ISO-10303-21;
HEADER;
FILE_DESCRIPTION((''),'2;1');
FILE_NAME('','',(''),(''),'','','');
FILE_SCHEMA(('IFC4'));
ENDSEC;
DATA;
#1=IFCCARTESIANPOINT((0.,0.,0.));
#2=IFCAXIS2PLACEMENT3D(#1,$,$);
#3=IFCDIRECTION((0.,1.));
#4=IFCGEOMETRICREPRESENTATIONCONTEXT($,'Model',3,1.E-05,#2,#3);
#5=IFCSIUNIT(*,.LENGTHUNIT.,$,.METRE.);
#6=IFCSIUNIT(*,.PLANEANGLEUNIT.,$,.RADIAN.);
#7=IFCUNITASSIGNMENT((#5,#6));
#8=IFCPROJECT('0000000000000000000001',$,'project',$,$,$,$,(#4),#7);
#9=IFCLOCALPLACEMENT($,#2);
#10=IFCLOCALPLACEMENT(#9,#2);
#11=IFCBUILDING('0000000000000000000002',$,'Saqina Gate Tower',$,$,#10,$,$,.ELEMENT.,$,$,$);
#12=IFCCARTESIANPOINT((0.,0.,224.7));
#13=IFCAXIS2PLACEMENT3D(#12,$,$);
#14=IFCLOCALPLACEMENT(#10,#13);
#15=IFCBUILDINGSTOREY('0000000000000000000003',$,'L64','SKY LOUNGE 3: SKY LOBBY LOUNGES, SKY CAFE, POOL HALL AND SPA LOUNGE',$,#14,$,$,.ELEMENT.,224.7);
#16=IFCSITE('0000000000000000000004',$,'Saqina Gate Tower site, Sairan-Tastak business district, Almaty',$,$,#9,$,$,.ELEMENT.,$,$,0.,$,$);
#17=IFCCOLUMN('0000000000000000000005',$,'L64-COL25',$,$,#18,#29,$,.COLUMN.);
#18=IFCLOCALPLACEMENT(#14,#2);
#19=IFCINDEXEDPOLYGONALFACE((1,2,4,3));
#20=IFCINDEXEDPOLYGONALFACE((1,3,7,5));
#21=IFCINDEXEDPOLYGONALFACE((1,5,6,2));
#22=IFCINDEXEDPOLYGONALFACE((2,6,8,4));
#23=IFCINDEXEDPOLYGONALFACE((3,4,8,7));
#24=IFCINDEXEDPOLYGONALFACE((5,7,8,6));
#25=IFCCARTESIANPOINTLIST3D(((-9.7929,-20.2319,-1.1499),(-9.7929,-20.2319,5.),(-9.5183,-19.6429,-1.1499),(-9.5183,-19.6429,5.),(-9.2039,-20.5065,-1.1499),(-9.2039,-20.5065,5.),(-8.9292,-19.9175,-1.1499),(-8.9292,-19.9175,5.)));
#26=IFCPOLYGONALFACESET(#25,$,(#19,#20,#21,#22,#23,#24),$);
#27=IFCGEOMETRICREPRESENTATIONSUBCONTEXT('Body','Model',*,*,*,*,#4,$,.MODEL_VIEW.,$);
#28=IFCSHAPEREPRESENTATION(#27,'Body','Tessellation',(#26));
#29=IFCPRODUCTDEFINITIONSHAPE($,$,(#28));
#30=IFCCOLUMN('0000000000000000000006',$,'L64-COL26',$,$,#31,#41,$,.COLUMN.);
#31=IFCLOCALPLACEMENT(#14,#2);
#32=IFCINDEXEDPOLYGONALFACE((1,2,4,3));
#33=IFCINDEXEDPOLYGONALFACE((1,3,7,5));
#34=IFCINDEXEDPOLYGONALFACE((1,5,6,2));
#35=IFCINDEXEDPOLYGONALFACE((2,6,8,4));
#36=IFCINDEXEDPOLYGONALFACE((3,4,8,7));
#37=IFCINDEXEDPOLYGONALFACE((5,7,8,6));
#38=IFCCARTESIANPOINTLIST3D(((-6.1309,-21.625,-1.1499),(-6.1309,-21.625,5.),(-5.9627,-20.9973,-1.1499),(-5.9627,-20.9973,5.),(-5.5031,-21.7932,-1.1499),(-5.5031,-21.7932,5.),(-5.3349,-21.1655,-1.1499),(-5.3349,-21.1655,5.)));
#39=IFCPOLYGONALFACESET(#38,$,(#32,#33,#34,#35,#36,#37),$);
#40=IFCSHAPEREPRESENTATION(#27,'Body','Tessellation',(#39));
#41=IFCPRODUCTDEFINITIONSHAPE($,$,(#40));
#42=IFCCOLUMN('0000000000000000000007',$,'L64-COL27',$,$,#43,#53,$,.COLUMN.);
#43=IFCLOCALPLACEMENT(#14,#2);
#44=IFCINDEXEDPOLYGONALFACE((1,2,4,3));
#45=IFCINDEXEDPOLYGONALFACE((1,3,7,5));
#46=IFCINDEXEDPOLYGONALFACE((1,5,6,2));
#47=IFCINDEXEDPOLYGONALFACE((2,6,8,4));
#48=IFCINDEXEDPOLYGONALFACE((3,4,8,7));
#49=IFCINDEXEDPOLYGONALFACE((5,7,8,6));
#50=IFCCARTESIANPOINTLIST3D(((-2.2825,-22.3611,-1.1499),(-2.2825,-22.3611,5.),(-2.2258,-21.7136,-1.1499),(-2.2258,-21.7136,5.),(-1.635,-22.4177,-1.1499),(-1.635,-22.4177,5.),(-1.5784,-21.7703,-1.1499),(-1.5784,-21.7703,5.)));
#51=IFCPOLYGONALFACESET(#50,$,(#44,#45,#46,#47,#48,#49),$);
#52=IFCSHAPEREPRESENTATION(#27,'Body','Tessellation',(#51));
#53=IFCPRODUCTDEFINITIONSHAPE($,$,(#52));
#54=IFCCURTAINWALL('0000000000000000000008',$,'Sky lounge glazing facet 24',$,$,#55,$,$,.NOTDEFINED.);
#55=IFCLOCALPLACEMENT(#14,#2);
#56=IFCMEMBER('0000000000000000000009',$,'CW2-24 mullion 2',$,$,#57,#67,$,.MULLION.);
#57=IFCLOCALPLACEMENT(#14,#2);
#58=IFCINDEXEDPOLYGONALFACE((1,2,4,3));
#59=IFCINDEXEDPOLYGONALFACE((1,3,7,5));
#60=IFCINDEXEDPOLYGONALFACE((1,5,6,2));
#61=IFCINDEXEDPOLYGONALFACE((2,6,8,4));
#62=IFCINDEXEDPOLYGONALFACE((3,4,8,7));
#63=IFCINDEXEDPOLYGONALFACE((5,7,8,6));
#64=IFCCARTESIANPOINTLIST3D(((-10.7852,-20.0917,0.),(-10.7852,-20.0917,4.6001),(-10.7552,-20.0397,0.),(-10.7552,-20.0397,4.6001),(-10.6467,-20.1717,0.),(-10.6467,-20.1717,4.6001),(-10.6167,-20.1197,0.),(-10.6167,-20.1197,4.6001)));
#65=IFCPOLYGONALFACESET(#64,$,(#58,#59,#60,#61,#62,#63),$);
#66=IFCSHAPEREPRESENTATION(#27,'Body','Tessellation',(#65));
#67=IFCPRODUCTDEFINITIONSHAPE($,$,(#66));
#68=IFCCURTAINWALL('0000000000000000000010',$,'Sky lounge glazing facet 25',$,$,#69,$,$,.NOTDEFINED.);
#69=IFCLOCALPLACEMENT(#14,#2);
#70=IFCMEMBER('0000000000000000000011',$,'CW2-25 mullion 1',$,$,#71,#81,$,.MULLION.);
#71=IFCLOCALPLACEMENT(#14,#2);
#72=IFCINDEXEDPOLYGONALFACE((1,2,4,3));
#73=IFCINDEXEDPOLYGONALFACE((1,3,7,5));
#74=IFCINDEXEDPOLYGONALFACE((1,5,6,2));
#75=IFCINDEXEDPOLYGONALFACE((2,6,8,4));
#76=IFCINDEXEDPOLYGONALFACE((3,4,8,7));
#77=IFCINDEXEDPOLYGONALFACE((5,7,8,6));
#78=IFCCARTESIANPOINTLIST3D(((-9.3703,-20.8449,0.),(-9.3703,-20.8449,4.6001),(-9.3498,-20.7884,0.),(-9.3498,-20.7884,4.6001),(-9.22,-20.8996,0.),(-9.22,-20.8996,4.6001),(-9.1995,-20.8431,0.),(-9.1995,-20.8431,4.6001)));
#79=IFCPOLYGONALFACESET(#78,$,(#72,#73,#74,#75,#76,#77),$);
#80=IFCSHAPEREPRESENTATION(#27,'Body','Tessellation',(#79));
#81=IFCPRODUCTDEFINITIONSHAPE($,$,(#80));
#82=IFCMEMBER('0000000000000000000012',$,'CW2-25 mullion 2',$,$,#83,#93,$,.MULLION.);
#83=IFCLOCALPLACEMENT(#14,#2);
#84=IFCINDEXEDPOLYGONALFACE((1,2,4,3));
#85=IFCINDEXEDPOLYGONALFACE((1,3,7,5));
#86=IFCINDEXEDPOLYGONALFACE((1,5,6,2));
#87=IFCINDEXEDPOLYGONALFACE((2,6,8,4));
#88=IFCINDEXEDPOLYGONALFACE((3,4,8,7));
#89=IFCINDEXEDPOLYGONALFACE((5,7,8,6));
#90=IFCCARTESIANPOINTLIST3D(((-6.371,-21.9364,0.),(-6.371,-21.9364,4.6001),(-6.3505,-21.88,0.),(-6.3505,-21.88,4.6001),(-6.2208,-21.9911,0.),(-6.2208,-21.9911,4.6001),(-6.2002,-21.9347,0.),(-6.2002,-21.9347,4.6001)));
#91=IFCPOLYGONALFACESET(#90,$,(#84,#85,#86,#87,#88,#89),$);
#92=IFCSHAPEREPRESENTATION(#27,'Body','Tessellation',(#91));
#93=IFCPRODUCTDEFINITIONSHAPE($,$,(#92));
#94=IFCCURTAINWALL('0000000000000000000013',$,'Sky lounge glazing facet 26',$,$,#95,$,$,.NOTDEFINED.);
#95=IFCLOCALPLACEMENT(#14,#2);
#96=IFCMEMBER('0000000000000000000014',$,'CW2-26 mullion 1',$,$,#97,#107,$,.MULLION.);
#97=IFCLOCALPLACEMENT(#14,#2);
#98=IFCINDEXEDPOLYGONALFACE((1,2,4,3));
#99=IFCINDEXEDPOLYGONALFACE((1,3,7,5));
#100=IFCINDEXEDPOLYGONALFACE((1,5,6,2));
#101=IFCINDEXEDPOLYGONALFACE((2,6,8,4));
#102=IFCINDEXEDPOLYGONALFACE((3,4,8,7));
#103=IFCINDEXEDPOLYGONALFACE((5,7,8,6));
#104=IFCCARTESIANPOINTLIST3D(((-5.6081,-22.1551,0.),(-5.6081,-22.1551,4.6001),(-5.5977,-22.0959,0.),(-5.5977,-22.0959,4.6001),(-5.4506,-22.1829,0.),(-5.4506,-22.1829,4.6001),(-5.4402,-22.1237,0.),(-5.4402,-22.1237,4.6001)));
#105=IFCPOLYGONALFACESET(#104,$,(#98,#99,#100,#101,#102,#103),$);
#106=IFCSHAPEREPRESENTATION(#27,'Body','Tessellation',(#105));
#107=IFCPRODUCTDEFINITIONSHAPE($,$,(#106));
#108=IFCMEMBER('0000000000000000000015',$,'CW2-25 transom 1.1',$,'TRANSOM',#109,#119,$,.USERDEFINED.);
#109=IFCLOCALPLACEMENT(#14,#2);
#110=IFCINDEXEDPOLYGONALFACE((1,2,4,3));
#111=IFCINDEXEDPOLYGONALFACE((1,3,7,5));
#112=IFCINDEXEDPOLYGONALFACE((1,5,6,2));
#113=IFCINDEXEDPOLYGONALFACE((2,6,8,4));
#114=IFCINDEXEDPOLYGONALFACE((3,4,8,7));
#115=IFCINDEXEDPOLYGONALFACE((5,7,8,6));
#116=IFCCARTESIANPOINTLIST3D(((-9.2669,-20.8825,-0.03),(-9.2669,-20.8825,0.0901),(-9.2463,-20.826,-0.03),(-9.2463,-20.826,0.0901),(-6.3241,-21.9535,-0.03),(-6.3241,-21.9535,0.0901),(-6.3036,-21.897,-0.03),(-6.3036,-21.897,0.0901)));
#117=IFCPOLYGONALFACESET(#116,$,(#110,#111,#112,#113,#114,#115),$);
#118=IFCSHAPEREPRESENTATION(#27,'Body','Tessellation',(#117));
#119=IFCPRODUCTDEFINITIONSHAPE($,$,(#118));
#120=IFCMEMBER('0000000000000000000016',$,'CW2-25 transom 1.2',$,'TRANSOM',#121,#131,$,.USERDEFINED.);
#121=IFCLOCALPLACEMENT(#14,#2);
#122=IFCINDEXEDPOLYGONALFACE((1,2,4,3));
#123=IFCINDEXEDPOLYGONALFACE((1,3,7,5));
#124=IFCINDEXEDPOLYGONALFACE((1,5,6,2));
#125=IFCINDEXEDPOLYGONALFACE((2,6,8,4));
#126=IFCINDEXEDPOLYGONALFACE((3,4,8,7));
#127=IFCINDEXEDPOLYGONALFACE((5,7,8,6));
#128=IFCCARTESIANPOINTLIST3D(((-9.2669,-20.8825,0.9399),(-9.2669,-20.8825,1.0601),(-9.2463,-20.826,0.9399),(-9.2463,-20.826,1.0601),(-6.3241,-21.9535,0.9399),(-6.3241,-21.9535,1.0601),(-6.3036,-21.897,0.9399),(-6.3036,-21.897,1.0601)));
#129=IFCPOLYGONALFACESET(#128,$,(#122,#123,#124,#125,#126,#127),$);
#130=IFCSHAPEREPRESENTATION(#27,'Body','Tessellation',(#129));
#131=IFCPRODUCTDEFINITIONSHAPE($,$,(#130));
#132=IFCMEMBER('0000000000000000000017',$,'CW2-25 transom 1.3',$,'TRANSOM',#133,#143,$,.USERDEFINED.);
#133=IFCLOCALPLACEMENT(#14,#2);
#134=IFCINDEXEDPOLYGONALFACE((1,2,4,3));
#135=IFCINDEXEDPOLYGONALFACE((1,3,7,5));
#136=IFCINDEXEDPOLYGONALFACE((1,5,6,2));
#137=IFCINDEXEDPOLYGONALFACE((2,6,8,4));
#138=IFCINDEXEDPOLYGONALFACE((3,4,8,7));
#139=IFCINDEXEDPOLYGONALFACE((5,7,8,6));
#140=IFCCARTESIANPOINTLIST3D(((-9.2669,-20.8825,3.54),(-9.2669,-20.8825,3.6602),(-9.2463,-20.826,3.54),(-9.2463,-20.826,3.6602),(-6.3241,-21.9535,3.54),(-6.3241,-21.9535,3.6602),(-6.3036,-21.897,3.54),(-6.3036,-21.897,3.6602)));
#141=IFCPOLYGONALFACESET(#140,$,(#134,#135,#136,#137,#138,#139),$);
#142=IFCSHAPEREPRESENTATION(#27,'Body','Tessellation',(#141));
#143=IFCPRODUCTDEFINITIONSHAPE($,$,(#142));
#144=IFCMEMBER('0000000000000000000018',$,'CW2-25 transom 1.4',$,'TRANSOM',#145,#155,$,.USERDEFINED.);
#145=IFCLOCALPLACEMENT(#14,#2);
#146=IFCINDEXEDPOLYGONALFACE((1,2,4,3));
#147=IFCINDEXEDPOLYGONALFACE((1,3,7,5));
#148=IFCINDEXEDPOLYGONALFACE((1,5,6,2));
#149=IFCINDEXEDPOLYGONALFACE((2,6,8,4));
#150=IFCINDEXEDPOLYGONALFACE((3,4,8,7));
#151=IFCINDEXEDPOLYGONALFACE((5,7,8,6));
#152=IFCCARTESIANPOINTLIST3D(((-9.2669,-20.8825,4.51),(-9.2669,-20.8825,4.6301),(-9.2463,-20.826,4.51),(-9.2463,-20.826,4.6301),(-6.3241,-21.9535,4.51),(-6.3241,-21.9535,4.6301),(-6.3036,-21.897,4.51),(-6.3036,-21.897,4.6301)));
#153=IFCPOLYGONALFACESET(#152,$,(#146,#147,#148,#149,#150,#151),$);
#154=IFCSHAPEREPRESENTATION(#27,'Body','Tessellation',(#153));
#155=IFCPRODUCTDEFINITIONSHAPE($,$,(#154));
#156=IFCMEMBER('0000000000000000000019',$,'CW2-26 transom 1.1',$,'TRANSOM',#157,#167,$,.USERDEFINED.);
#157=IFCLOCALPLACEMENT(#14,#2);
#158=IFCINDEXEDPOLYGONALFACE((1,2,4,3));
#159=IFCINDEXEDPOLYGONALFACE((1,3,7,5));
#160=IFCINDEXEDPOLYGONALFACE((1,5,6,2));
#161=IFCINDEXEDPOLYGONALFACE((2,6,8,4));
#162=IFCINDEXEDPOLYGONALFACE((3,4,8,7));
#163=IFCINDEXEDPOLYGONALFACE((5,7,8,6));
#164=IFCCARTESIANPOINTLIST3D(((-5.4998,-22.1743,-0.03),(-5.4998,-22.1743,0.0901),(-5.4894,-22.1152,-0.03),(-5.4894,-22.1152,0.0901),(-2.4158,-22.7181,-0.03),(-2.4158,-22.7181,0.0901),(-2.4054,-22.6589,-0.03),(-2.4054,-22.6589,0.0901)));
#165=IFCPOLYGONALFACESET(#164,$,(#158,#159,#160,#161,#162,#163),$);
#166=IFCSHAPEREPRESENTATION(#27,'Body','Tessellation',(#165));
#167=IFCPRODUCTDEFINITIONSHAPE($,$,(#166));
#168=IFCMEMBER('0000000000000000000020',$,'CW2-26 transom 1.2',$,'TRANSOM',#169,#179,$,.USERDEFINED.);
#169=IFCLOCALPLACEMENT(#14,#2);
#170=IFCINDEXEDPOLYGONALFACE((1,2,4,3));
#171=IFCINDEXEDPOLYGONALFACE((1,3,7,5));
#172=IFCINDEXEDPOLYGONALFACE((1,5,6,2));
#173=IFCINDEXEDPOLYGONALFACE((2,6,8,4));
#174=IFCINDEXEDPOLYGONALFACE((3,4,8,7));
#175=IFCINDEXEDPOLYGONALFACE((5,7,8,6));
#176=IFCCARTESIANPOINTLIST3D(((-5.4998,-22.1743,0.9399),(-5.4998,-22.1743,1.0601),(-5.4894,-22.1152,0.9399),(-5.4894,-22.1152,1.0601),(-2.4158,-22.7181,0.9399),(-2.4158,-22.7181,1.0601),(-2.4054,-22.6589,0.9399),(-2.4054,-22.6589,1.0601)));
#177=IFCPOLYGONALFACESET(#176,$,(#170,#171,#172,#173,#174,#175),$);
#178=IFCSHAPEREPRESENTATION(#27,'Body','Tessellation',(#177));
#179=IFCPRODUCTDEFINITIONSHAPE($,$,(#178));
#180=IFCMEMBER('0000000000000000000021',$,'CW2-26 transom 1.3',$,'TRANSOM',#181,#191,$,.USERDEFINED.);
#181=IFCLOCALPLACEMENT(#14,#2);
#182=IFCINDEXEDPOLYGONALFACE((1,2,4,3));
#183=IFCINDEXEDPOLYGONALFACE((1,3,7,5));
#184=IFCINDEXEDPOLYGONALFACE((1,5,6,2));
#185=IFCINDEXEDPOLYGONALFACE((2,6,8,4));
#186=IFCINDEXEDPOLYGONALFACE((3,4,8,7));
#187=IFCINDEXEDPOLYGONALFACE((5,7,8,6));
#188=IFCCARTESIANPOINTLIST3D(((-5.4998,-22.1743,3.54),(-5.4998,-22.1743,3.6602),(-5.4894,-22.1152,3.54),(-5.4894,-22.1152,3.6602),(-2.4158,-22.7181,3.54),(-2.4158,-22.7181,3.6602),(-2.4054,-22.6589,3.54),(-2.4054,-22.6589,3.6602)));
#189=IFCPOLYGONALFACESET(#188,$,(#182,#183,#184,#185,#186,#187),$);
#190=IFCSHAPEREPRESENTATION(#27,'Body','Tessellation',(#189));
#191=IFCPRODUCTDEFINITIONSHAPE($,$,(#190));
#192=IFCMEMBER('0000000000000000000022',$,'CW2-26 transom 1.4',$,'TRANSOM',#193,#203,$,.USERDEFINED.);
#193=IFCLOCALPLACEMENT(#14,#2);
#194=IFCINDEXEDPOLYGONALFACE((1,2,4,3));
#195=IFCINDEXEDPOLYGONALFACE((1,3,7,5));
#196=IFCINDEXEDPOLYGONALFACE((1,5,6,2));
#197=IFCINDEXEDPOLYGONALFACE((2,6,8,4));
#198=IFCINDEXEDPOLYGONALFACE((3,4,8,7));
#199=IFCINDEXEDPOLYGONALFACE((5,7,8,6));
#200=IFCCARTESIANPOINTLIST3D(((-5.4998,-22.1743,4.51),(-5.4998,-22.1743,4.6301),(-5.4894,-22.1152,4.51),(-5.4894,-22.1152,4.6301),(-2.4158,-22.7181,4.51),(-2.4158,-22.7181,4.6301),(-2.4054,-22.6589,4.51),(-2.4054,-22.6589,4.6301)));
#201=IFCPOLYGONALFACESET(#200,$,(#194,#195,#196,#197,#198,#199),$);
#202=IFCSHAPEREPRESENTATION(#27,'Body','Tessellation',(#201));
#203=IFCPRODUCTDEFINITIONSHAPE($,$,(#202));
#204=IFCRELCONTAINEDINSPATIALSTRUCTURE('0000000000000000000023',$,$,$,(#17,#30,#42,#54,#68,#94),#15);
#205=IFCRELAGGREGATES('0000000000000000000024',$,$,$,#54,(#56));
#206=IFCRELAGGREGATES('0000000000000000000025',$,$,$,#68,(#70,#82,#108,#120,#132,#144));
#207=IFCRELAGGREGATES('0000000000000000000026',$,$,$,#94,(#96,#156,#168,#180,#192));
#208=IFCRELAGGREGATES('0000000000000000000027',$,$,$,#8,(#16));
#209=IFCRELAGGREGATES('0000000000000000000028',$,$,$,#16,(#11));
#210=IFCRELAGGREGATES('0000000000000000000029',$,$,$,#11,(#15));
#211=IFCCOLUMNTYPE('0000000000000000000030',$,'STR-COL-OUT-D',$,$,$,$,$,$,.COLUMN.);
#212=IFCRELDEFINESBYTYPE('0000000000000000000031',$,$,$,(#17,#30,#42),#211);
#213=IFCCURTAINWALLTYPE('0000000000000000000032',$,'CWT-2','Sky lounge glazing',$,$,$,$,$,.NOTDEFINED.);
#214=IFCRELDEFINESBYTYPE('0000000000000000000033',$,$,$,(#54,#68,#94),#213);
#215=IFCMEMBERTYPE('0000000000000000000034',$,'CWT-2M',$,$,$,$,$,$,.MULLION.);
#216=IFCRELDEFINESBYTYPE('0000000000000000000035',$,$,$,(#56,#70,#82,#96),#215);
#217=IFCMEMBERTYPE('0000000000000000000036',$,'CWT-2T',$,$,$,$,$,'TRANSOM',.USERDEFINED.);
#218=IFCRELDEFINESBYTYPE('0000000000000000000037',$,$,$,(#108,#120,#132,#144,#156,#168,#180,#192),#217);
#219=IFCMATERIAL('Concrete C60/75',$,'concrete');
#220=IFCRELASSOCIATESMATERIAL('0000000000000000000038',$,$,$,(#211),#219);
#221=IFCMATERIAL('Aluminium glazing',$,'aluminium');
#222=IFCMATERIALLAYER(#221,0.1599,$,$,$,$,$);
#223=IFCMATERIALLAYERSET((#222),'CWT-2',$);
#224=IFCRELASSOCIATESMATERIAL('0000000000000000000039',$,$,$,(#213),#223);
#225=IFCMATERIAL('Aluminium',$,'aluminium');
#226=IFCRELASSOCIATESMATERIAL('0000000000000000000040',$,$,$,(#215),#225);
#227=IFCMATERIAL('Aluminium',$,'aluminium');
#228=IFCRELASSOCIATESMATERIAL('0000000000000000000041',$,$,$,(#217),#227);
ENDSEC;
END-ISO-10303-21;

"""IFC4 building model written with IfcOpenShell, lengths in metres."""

from ifc_helpers import new_model, si_unit, direction, frame, origin, origin_2d, place, context, subcontext, project, spatial, rectangle, extrude, material, layer, layer_set, material_profile, profile_set, type_object, element, aggregate, save


model = new_model("IFC4")

# Units and contexts
model_context = context("Model", 3, precision=1e-05, world=origin(), true_north=direction((0.0, 1.0)))
body_context = subcontext(model_context, "Body", "Model", "MODEL_VIEW")
ifc_project = project(units=[si_unit("LENGTHUNIT", "METRE"), si_unit("PLANEANGLEUNIT", "RADIAN")], contexts=[model_context])

# Site, building, storey
site_placement = place(None, origin())
site = spatial("IfcSite", under=ifc_project, at=site_placement, Name="Saqina Gate Tower site, Sairan-Tastak business district, Almaty", CompositionType="ELEMENT", RefElevation=0.0)
building_placement = place(site_placement, origin())
building = spatial("IfcBuilding", under=site, at=building_placement, Name="Saqina Gate Tower", CompositionType="ELEMENT")
storey_placement = place(building_placement, frame((0.0, 0.0, 224.7)))
storey = spatial("IfcBuildingStorey", under=building, at=storey_placement, Name="L64", Description="SKY LOUNGE 3: SKY LOBBY LOUNGES, SKY CAFE, POOL HALL AND SPA LOUNGE", CompositionType="ELEMENT", Elevation=224.7)

# Columns
ifc_material_1 = material(Name="Concrete C60/75", Category="concrete")
ifc_material_profile_1 = material_profile(ifc_material_1, rectangle(XDim=0.6499, YDim=0.6499, at=origin_2d()), Name="RC 650x650")
ifc_profile_set_1 = profile_set([ifc_material_profile_1], Name="Concrete C60/75")
column_type = type_object("IfcColumnType", Name="STR-COL-OUT-D", PredefinedType="COLUMN", material=ifc_profile_set_1)
for number, where, z_axis, x_axis, name in (
    (1, (-9.3611, -20.0747, -1.1499), (0.0, 0.0, 1.0), (-0.422618, -0.906308, 0.0), "L64-COL25"),
    (2, (-5.7329, -21.3953, -1.1499), (0.0, 0.0, 1.0), (-0.258819, -0.965926, 0.0), "L64-COL26"),
    (3, (-1.9304, -22.0657, -1.1499), (0.0, 0.0, 1.0), (-0.087156, -0.996195, 0.0), "L64-COL27"),
):
    element("IfcColumn", number, at=place(storey_placement, frame(where, z_axis=z_axis, x_axis=x_axis)), inside=storey, type_object=column_type, Name=name, PredefinedType="COLUMN", context=body_context, shape_type="SweptSolid", body=[
        extrude(rectangle(XDim=0.6499, YDim=0.6499, at=origin_2d()), origin(), (0.0, 0.0, 1.0), 6.1499),
    ])

# Curtain wall, member
ifc_material_2 = material(Name="Aluminium glazing", Category="aluminium")
ifc_layer_1 = layer(ifc_material_2, 0.1599)
ifc_layer_set_1 = layer_set([ifc_layer_1], Name="CWT-2")
curtain_wall_type_1 = type_object("IfcCurtainWallType", Name="CWT-2", Description="Sky lounge glazing", PredefinedType="NOTDEFINED", material=ifc_layer_set_1)
curtain_wall_1_placement = place(storey_placement, origin())
curtain_wall_1 = element("IfcCurtainWall", 4, at=curtain_wall_1_placement, inside=storey, type_object=curtain_wall_type_1, Name="Sky lounge glazing facet 24", PredefinedType="NOTDEFINED")
ifc_material_3 = material(Name="Aluminium", Category="aluminium")
ifc_material_profile_2 = material_profile(ifc_material_3, rectangle(XDim=0.0601, YDim=0.1599, at=origin_2d()), Name="Aluminium 60x160")
ifc_profile_set_2 = profile_set([ifc_material_profile_2], Name="Aluminium")
member_type_1 = type_object("IfcMemberType", Name="CWT-2M", PredefinedType="MULLION", material=ifc_profile_set_2)
member_1_placement = place(storey_placement, frame((-10.7009, -20.1057, 0.0), z_axis=(0.0, 0.0, 1.0), x_axis=(0.499972, 0.866042, 0.0)))
member_1 = element("IfcMember", 5, at=member_1_placement, type_object=member_type_1, Name="CW2-24 mullion 2", PredefinedType="MULLION", context=body_context, shape_type="SweptSolid", body=[
    extrude(rectangle(XDim=0.0601, YDim=0.1599, at=origin_2d()), origin(), (0.0, 0.0, 1.0), 4.6001),
])
aggregate(curtain_wall_1, [member_1])

# Curtain wall, members
curtain_wall_2_placement = place(storey_placement, origin())
curtain_wall_2 = element("IfcCurtainWall", 6, at=curtain_wall_2_placement, inside=storey, type_object=curtain_wall_type_1, Name="Sky lounge glazing facet 25", PredefinedType="NOTDEFINED")
member_2_placement = place(storey_placement, frame((-9.2849, -20.844, 0.0), z_axis=(0.0, 0.0, 1.0), x_axis=(0.342007, 0.939697, 0.0)))
member_2 = element("IfcMember", 7, at=member_2_placement, type_object=member_type_1, Name="CW2-25 mullion 1", PredefinedType="MULLION", context=body_context, shape_type="SweptSolid", body=[
    extrude(rectangle(XDim=0.0601, YDim=0.1599, at=origin_2d()), origin(), (0.0, 0.0, 1.0), 4.6001),
])
member_3_placement = place(storey_placement, frame((-6.2856, -21.9355, 0.0), z_axis=(0.0, 0.0, 1.0), x_axis=(0.342007, 0.939697, 0.0)))
member_3 = element("IfcMember", 8, at=member_3_placement, type_object=member_type_1, Name="CW2-25 mullion 2", PredefinedType="MULLION", context=body_context, shape_type="SweptSolid", body=[
    extrude(rectangle(XDim=0.0601, YDim=0.1599, at=origin_2d()), origin(), (0.0, 0.0, 1.0), 4.6001),
])

# Curtain wall, member
curtain_wall_3_placement = place(storey_placement, origin())
curtain_wall_3 = element("IfcCurtainWall", 9, at=curtain_wall_3_placement, inside=storey, type_object=curtain_wall_type_1, Name="Sky lounge glazing facet 26", PredefinedType="NOTDEFINED")
member_4_placement = place(storey_placement, frame((-5.5242, -22.1394, 0.0), z_axis=(0.0, 0.0, 1.0), x_axis=(0.173663, 0.984805, 0.0)))
member_4 = element("IfcMember", 10, at=member_4_placement, type_object=member_type_1, Name="CW2-26 mullion 1", PredefinedType="MULLION", context=body_context, shape_type="SweptSolid", body=[
    extrude(rectangle(XDim=0.0601, YDim=0.1599, at=origin_2d()), origin(), (0.0, 0.0, 1.0), 4.6001),
])

# Members
ifc_material_4 = material(Name="Aluminium", Category="aluminium")
ifc_material_profile_3 = material_profile(ifc_material_4, rectangle(XDim=0.0601, YDim=0.1201, at=origin_2d()), Name="Aluminium 60x120")
ifc_profile_set_3 = profile_set([ifc_material_profile_3], Name="Aluminium")
member_type_2 = type_object("IfcMemberType", Name="CWT-2T", ElementType="TRANSOM", PredefinedType="USERDEFINED", material=ifc_profile_set_3)
member_5_placement = place(storey_placement, frame((-9.2566, -20.8542, 0.03), z_axis=(0.9397, -0.342, 0.0), x_axis=(0.342, 0.9397, 0.0)))
member_5 = element("IfcMember", 11, at=member_5_placement, type_object=member_type_2, Name="CW2-25 transom 1.1", ObjectType="TRANSOM", PredefinedType="USERDEFINED", context=body_context, shape_type="SweptSolid", body=[
    extrude(rectangle(XDim=0.0601, YDim=0.1201, at=origin_2d()), origin(), (0.0, 0.0, 1.0), 3.1316),
])
member_6_placement = place(storey_placement, frame((-9.2566, -20.8542, 1.0), z_axis=(0.9397, -0.342, 0.0), x_axis=(0.342, 0.9397, 0.0)))
member_6 = element("IfcMember", 12, at=member_6_placement, type_object=member_type_2, Name="CW2-25 transom 1.2", ObjectType="TRANSOM", PredefinedType="USERDEFINED", context=body_context, shape_type="SweptSolid", body=[
    extrude(rectangle(XDim=0.0601, YDim=0.1201, at=origin_2d()), origin(), (0.0, 0.0, 1.0), 3.1316),
])
member_7_placement = place(storey_placement, frame((-9.2566, -20.8542, 3.6001), z_axis=(0.9397, -0.342, 0.0), x_axis=(0.342, 0.9397, 0.0)))
member_7 = element("IfcMember", 13, at=member_7_placement, type_object=member_type_2, Name="CW2-25 transom 1.3", ObjectType="TRANSOM", PredefinedType="USERDEFINED", context=body_context, shape_type="SweptSolid", body=[
    extrude(rectangle(XDim=0.0601, YDim=0.1201, at=origin_2d()), origin(), (0.0, 0.0, 1.0), 3.1316),
])
member_8_placement = place(storey_placement, frame((-9.2566, -20.8542, 4.5701), z_axis=(0.9397, -0.342, 0.0), x_axis=(0.342, 0.9397, 0.0)))
member_8 = element("IfcMember", 14, at=member_8_placement, type_object=member_type_2, Name="CW2-25 transom 1.4", ObjectType="TRANSOM", PredefinedType="USERDEFINED", context=body_context, shape_type="SweptSolid", body=[
    extrude(rectangle(XDim=0.0601, YDim=0.1201, at=origin_2d()), origin(), (0.0, 0.0, 1.0), 3.1316),
])
member_9_placement = place(storey_placement, frame((-5.4946, -22.1448, 0.03), z_axis=(0.984813, -0.173621, 0.0), x_axis=(0.173621, 0.984813, 0.0)))
member_9 = element("IfcMember", 15, at=member_9_placement, type_object=member_type_2, Name="CW2-26 transom 1.1", ObjectType="TRANSOM", PredefinedType="USERDEFINED", context=body_context, shape_type="SweptSolid", body=[
    extrude(rectangle(XDim=0.0601, YDim=0.1201, at=origin_2d()), origin(), (0.0, 0.0, 1.0), 3.1316),
])
member_10_placement = place(storey_placement, frame((-5.4946, -22.1448, 1.0), z_axis=(0.984813, -0.173621, 0.0), x_axis=(0.173621, 0.984813, 0.0)))
member_10 = element("IfcMember", 16, at=member_10_placement, type_object=member_type_2, Name="CW2-26 transom 1.2", ObjectType="TRANSOM", PredefinedType="USERDEFINED", context=body_context, shape_type="SweptSolid", body=[
    extrude(rectangle(XDim=0.0601, YDim=0.1201, at=origin_2d()), origin(), (0.0, 0.0, 1.0), 3.1316),
])
member_11_placement = place(storey_placement, frame((-5.4946, -22.1448, 3.6001), z_axis=(0.984813, -0.173621, 0.0), x_axis=(0.173621, 0.984813, 0.0)))
member_11 = element("IfcMember", 17, at=member_11_placement, type_object=member_type_2, Name="CW2-26 transom 1.3", ObjectType="TRANSOM", PredefinedType="USERDEFINED", context=body_context, shape_type="SweptSolid", body=[
    extrude(rectangle(XDim=0.0601, YDim=0.1201, at=origin_2d()), origin(), (0.0, 0.0, 1.0), 3.1316),
])
member_12_placement = place(storey_placement, frame((-5.4946, -22.1448, 4.5701), z_axis=(0.984813, -0.173621, 0.0), x_axis=(0.173621, 0.984813, 0.0)))
member_12 = element("IfcMember", 18, at=member_12_placement, type_object=member_type_2, Name="CW2-26 transom 1.4", ObjectType="TRANSOM", PredefinedType="USERDEFINED", context=body_context, shape_type="SweptSolid", body=[
    extrude(rectangle(XDim=0.0601, YDim=0.1201, at=origin_2d()), origin(), (0.0, 0.0, 1.0), 3.1316),
])

aggregate(curtain_wall_2, [member_2, member_3, member_5, member_6, member_7, member_8])
aggregate(curtain_wall_3, [member_4, member_9, member_10, member_11, member_12])

save(model, "model.ifc")
